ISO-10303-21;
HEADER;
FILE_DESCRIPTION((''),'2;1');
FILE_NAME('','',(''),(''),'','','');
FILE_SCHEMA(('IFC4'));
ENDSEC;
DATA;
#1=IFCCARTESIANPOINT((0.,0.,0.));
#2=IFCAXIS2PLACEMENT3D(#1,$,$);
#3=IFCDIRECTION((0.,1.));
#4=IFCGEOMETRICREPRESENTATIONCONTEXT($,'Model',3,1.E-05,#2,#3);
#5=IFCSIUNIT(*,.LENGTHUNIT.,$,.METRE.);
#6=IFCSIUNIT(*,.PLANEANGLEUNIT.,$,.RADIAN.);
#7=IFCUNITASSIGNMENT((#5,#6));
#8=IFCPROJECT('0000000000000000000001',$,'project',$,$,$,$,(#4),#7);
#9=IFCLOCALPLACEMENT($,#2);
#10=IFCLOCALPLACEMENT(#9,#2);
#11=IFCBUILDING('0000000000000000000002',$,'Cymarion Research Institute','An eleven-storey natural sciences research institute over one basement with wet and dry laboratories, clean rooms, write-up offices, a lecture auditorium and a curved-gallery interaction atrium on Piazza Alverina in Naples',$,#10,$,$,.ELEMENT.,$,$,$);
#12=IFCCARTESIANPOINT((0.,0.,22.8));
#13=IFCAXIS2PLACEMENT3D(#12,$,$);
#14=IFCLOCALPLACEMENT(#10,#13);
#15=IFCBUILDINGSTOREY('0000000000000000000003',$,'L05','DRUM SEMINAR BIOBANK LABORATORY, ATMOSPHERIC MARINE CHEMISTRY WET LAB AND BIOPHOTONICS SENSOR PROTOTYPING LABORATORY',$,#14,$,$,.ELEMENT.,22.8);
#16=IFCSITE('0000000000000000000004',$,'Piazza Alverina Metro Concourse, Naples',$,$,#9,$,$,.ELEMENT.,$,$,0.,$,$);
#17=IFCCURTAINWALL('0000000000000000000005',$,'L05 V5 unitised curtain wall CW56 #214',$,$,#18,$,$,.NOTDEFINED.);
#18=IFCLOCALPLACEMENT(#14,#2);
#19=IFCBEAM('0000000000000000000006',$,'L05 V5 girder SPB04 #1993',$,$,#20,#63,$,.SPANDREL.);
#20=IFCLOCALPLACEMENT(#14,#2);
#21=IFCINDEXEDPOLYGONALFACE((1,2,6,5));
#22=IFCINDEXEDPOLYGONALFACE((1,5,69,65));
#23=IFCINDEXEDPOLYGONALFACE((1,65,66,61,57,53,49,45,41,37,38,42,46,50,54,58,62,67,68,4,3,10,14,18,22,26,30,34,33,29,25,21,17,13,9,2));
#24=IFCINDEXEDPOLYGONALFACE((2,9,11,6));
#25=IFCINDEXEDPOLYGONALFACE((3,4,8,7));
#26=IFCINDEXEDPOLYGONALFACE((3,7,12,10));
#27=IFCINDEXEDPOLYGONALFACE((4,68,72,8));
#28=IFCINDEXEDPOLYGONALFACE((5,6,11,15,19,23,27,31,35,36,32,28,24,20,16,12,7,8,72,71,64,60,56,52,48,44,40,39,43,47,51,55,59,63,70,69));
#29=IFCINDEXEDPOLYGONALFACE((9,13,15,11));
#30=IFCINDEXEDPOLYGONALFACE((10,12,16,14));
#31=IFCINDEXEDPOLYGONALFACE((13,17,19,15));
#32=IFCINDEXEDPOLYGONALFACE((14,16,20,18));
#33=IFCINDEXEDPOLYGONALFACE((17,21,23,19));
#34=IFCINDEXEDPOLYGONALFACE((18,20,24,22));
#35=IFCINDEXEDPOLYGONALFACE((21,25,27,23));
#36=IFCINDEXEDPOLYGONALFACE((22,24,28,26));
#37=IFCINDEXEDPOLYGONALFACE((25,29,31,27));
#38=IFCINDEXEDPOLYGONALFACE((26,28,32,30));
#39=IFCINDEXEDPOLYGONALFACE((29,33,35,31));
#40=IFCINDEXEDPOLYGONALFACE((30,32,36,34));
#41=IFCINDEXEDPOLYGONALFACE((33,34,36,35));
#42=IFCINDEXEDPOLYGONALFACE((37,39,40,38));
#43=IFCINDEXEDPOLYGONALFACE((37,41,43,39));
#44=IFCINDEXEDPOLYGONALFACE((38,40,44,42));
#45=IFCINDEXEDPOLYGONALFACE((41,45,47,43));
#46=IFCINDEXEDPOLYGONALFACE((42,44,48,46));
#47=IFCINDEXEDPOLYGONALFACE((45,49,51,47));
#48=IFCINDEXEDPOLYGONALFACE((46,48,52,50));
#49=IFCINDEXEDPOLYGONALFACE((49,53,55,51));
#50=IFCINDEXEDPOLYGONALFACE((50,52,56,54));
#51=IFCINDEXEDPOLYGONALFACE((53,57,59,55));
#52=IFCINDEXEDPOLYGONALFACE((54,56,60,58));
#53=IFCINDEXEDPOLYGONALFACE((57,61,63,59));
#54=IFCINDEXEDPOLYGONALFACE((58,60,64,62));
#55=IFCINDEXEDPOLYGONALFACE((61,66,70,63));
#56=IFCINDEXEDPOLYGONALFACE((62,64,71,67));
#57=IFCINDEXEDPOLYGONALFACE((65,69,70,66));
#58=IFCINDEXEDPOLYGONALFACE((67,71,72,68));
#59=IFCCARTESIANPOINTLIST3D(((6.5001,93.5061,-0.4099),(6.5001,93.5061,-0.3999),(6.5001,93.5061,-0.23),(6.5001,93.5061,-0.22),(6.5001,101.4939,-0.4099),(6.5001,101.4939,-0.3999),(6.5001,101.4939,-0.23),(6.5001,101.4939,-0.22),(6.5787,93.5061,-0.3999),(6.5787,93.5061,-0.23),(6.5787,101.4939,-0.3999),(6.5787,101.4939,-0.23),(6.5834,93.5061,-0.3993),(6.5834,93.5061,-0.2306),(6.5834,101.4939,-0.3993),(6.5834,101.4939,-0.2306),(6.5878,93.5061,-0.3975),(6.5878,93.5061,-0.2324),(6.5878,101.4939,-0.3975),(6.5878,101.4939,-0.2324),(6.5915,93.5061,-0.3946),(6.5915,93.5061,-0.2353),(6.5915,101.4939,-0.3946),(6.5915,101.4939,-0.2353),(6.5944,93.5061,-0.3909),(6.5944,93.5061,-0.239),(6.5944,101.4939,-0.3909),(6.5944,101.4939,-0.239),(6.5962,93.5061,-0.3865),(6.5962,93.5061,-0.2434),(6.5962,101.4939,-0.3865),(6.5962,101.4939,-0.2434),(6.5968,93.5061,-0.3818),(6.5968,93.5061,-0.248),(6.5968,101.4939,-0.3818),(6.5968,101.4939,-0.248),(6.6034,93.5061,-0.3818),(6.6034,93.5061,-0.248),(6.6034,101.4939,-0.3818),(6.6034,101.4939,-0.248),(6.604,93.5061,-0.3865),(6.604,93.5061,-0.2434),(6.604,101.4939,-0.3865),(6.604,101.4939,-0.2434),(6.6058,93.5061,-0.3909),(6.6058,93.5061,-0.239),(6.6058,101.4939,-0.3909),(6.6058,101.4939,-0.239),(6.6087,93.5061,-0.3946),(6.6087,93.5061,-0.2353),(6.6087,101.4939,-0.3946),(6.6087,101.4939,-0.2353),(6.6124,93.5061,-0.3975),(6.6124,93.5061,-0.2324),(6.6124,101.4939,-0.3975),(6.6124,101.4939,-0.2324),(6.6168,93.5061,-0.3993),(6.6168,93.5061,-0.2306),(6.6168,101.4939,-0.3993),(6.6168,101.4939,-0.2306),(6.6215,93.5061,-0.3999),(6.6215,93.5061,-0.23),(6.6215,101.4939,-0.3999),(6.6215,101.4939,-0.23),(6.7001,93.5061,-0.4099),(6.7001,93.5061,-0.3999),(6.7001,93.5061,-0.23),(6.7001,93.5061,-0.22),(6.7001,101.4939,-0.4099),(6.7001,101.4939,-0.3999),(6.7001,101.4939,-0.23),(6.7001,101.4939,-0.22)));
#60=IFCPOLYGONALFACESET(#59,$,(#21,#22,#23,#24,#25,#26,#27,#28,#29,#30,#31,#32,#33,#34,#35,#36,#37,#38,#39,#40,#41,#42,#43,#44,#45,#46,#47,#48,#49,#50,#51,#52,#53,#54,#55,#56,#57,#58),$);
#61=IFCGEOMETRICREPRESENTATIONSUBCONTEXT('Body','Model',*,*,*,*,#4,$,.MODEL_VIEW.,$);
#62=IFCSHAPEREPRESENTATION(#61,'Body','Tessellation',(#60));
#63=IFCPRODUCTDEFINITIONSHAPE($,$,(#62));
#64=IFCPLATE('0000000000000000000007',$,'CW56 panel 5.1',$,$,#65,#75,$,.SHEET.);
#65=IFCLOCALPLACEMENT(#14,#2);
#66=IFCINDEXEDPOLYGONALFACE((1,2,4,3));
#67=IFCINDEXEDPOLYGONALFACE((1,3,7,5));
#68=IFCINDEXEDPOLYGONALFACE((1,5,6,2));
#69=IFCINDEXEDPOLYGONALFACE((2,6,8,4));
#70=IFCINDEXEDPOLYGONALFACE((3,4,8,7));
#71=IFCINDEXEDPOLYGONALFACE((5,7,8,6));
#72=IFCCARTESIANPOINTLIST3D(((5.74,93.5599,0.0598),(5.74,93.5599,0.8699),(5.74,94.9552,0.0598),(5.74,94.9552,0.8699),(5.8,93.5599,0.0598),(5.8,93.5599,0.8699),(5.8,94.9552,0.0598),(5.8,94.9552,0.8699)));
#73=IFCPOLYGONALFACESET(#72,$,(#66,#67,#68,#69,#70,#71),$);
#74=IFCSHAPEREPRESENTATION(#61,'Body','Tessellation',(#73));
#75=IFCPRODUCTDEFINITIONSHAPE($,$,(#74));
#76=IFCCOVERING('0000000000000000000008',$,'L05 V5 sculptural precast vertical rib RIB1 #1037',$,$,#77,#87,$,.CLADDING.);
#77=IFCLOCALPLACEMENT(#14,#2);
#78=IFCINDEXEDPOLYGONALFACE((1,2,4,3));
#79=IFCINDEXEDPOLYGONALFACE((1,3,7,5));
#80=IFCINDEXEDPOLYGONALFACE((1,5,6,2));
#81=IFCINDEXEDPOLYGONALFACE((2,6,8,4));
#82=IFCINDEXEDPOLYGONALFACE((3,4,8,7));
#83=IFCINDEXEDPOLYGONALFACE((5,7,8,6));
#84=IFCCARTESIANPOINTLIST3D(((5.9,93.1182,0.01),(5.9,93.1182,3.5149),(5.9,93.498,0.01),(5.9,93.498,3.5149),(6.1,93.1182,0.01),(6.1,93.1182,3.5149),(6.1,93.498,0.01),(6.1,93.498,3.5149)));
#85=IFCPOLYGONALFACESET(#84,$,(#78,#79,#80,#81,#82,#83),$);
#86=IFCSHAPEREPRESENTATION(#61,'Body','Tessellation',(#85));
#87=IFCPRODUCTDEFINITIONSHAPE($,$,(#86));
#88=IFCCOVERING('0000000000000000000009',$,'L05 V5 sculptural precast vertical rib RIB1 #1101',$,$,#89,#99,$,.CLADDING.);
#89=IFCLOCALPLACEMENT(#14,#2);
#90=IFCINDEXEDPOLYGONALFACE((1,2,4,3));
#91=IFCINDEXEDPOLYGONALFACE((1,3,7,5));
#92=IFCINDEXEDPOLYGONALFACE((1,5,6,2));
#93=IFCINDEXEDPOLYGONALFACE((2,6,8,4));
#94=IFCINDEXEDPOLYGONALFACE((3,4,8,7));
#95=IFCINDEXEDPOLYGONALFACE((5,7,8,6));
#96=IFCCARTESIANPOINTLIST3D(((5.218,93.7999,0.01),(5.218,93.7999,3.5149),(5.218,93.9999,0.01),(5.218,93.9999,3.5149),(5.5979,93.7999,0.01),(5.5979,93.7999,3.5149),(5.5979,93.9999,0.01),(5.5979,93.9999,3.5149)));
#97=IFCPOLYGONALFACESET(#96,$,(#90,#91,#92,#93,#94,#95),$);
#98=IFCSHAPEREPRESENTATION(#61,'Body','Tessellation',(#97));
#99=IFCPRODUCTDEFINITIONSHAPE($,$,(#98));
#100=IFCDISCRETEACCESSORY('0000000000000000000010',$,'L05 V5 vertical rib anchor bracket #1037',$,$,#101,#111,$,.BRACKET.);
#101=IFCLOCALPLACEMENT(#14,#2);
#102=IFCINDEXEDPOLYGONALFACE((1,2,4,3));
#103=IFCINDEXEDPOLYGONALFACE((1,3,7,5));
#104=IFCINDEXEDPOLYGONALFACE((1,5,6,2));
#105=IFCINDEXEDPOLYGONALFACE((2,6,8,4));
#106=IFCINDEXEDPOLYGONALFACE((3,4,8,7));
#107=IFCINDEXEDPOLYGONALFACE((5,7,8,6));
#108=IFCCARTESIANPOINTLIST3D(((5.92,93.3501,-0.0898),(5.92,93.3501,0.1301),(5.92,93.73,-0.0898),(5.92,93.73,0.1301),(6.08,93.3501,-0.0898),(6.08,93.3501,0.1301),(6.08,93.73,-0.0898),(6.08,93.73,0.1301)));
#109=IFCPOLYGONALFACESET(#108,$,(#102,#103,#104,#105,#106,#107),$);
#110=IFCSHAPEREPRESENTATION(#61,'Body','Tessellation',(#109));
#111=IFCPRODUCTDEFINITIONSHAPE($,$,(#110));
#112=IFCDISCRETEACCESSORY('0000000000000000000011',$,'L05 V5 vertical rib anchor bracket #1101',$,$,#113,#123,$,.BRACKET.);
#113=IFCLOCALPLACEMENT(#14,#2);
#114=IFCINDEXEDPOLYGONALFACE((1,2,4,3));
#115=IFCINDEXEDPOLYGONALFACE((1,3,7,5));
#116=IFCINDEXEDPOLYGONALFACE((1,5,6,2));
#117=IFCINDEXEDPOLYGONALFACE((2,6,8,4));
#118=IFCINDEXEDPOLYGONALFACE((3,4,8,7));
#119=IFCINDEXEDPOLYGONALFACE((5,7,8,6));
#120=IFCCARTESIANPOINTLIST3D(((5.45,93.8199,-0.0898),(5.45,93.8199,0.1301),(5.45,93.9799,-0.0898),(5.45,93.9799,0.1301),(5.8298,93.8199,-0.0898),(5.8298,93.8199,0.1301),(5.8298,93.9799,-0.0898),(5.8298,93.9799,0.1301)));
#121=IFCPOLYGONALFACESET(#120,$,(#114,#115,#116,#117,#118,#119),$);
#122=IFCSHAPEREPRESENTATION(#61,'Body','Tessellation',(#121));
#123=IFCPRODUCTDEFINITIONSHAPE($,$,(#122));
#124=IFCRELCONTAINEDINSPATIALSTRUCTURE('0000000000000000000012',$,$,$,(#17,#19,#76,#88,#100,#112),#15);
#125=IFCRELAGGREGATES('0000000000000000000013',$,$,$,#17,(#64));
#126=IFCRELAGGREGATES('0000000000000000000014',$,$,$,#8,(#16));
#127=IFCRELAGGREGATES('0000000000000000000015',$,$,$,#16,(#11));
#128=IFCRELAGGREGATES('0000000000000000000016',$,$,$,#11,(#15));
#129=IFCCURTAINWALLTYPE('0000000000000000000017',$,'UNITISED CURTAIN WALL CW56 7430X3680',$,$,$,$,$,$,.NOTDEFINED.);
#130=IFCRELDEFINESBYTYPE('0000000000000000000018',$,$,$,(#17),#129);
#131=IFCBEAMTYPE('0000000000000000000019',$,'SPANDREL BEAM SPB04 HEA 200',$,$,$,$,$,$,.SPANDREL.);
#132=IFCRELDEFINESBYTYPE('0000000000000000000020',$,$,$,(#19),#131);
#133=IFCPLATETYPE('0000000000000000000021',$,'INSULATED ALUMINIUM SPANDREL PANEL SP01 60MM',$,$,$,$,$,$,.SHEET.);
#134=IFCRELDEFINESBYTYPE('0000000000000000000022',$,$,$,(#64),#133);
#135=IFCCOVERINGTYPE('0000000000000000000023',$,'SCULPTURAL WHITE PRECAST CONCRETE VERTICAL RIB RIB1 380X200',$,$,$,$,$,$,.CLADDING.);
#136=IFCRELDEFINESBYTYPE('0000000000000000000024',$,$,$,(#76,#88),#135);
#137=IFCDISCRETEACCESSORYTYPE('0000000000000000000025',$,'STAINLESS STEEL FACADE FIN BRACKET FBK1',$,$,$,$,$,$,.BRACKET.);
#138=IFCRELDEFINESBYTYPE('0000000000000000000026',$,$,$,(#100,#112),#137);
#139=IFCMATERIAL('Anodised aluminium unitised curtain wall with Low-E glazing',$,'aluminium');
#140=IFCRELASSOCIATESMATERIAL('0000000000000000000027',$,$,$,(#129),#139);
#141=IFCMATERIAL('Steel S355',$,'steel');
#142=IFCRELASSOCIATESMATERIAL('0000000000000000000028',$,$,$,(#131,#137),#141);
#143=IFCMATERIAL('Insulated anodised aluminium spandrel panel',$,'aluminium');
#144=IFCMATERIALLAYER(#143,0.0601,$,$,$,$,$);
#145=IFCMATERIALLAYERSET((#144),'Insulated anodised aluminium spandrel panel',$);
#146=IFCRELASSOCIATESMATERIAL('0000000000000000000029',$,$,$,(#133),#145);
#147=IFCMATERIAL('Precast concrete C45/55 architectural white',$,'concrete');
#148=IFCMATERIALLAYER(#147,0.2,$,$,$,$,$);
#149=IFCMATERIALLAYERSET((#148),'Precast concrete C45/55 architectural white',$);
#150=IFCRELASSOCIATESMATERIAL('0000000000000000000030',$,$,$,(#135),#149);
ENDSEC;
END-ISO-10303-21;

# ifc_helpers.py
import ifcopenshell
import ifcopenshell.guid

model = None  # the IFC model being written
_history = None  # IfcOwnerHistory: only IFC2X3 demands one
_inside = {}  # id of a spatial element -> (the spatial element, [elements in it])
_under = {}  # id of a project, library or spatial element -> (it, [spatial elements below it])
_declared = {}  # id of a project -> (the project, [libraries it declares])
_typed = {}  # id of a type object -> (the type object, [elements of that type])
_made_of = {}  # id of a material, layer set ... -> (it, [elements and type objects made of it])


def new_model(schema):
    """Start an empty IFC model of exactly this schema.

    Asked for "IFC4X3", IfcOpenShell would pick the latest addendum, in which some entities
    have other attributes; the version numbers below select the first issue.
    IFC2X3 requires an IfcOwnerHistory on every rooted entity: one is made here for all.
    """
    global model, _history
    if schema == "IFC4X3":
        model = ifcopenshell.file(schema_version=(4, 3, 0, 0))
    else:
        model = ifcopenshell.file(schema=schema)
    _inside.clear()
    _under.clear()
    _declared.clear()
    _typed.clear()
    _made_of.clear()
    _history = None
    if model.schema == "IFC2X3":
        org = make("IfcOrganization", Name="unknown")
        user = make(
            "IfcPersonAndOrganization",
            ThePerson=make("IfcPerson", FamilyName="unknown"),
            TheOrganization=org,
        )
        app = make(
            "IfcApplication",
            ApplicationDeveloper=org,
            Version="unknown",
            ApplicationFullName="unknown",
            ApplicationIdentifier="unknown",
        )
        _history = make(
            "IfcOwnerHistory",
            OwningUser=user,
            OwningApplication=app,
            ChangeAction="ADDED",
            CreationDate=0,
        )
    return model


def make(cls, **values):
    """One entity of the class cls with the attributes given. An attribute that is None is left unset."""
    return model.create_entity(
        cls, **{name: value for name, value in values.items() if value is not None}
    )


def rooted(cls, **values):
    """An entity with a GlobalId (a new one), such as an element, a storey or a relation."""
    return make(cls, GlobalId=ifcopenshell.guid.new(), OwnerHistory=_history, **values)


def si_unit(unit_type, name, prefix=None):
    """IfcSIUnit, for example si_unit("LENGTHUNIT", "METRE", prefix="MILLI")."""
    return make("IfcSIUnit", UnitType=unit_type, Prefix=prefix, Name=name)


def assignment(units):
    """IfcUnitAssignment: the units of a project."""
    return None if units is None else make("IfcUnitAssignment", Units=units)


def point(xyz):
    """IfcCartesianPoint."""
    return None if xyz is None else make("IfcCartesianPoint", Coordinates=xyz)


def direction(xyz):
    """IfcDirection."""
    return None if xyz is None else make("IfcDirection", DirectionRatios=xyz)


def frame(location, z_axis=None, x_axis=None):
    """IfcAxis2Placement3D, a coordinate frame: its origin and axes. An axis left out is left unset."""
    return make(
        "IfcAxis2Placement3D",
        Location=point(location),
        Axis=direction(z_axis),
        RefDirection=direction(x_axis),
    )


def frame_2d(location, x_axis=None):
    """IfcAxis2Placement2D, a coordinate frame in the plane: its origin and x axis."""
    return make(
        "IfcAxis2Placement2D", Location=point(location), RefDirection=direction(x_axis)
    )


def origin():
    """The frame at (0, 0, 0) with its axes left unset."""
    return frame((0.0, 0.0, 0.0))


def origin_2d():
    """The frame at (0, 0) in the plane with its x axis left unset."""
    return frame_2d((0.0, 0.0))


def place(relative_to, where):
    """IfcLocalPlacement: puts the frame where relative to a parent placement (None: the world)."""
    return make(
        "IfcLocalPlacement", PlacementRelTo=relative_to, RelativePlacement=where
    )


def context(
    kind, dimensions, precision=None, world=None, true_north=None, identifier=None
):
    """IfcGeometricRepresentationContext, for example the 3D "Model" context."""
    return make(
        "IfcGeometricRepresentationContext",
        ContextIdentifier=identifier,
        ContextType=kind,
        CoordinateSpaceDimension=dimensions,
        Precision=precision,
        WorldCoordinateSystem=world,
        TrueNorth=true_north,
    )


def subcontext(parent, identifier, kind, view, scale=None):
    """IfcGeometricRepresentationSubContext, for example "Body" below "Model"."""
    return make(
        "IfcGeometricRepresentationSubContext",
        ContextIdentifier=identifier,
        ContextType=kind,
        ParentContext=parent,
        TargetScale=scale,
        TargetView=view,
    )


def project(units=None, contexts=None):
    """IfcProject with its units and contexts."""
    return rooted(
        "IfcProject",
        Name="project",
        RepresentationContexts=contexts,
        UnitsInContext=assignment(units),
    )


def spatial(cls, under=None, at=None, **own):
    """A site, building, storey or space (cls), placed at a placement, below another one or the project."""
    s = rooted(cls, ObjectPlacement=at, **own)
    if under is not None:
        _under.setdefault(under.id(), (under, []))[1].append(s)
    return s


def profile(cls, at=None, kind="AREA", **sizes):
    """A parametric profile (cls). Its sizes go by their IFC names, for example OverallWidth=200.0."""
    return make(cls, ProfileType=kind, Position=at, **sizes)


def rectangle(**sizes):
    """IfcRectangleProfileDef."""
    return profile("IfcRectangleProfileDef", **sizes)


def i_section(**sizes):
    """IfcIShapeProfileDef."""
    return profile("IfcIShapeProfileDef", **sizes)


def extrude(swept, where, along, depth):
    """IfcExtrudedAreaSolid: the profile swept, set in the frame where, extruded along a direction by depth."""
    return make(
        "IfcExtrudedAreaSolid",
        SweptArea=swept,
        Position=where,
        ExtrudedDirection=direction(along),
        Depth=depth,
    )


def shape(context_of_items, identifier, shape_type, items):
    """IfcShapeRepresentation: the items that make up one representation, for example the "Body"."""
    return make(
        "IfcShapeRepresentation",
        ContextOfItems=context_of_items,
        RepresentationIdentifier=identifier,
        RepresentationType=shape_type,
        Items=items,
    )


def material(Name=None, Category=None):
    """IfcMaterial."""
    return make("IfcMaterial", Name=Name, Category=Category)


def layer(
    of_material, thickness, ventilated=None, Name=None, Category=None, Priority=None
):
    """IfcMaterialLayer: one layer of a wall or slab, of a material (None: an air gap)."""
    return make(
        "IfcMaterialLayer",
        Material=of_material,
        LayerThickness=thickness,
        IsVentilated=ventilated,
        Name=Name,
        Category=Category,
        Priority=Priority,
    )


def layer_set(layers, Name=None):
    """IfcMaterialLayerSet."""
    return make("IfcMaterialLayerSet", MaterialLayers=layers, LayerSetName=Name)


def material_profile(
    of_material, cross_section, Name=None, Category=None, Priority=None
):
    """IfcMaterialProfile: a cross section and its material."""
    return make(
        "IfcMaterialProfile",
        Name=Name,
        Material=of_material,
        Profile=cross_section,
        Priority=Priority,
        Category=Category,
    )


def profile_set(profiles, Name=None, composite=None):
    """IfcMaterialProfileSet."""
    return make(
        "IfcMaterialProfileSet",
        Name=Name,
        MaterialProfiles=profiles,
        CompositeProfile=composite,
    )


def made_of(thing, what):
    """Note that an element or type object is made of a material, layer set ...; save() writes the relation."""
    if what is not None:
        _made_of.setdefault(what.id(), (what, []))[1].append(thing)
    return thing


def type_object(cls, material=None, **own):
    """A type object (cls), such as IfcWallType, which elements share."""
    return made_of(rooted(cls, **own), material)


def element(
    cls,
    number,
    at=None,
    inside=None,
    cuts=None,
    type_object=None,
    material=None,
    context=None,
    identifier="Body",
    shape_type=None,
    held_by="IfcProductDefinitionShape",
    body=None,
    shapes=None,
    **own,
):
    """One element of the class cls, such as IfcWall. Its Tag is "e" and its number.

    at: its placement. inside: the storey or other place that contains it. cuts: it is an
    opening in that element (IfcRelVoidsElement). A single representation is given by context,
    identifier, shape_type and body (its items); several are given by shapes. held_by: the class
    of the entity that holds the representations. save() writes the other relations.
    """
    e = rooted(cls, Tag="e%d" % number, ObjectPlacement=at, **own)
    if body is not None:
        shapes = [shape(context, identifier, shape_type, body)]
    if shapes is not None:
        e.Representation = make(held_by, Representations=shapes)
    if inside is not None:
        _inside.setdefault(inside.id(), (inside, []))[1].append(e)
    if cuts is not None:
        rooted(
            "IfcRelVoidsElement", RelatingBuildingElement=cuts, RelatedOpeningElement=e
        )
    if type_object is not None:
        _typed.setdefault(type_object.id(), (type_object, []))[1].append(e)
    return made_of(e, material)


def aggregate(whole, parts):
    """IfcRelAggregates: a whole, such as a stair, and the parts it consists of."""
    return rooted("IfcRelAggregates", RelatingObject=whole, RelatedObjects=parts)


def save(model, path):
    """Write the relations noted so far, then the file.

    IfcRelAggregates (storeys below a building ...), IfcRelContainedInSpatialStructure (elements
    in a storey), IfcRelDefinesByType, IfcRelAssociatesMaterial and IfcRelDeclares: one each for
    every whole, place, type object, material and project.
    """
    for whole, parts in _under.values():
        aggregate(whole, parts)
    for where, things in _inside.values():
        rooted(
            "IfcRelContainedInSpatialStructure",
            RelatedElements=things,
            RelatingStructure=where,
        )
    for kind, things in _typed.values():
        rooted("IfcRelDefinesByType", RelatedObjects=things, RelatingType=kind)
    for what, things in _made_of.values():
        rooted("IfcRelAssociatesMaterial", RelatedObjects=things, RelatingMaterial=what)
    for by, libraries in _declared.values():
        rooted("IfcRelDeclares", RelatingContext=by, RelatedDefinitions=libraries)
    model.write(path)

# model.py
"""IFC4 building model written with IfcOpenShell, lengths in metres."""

from ifc_helpers import new_model, si_unit, direction, frame, origin, origin_2d, place, context, subcontext, project, spatial, rectangle, i_section, extrude, material, layer, layer_set, material_profile, profile_set, type_object, element, aggregate, save


model = new_model("IFC4")

# Units and contexts
model_context = context("Model", 3, precision=1e-05, world=origin(), true_north=direction((0.0, 1.0)))
body_context = subcontext(model_context, "Body", "Model", "MODEL_VIEW")
ifc_project = project(units=[si_unit("LENGTHUNIT", "METRE"), si_unit("PLANEANGLEUNIT", "RADIAN")], contexts=[model_context])

# Site, building, storey
site_placement = place(None, origin())
site = spatial("IfcSite", under=ifc_project, at=site_placement, Name="Piazza Alverina Metro Concourse, Naples", CompositionType="ELEMENT", RefElevation=0.0)
building_placement = place(site_placement, origin())
building = spatial("IfcBuilding", under=site, at=building_placement, Name="Cymarion Research Institute", Description="An eleven-storey natural sciences research institute over one basement with wet and dry laboratories, clean rooms, write-up offices, a lecture auditorium and a curved-gallery interaction atrium on Piazza Alverina in Naples", CompositionType="ELEMENT")
storey_placement = place(building_placement, frame((0.0, 0.0, 22.8)))
storey = spatial("IfcBuildingStorey", under=building, at=storey_placement, Name="L05", Description="DRUM SEMINAR BIOBANK LABORATORY, ATMOSPHERIC MARINE CHEMISTRY WET LAB AND BIOPHOTONICS SENSOR PROTOTYPING LABORATORY", CompositionType="ELEMENT", Elevation=22.8)

# Shared definitions
ifc_material_1 = material(Name="Steel S355", Category="steel")

# Curtain wall
ifc_material_2 = material(Name="Anodised aluminium unitised curtain wall with Low-E glazing", Category="aluminium")
curtain_wall_type = type_object("IfcCurtainWallType", Name="UNITISED CURTAIN WALL CW56 7430X3680", PredefinedType="NOTDEFINED", material=ifc_material_2)
curtain_wall_placement = place(storey_placement, origin())
curtain_wall = element("IfcCurtainWall", 1, at=curtain_wall_placement, inside=storey, type_object=curtain_wall_type, Name="L05 V5 unitised curtain wall CW56 #214", PredefinedType="NOTDEFINED")

# Beam
ifc_material_profile_1 = material_profile(ifc_material_1, i_section(OverallWidth=0.2, OverallDepth=0.1899, WebThickness=0.0066, FlangeThickness=0.01, FilletRadius=0.0181, at=origin_2d()), Name="HEA 200")
ifc_profile_set_1 = profile_set([ifc_material_profile_1], Name="Steel S355")
beam_type_1 = type_object("IfcBeamType", Name="SPANDREL BEAM SPB04 HEA 200", PredefinedType="SPANDREL", material=ifc_profile_set_1)
for number, where, z_axis, x_axis, name in (
    (2, (6.6001, 93.5061, -0.3149), (0.0, 1.0, 0.0), (-1.0, 0.0, 0.0), "L05 V5 girder SPB04 #1993"),
):
    element("IfcBeam", number, at=place(storey_placement, frame(where, z_axis=z_axis, x_axis=x_axis)), inside=storey, type_object=beam_type_1, Name=name, PredefinedType="SPANDREL", context=body_context, shape_type="SweptSolid", body=[
        extrude(i_section(OverallWidth=0.2, OverallDepth=0.1899, WebThickness=0.0066, FlangeThickness=0.01, FilletRadius=0.0181, at=origin_2d()), origin(), (0.0, 0.0, 1.0), 7.9878),
    ])

# Plate
ifc_material_3 = material(Name="Insulated anodised aluminium spandrel panel", Category="aluminium")
ifc_layer_1 = layer(ifc_material_3, 0.0601)
ifc_layer_set_1 = layer_set([ifc_layer_1], Name="Insulated anodised aluminium spandrel panel")
plate_type = type_object("IfcPlateType", Name="INSULATED ALUMINIUM SPANDREL PANEL SP01 60MM", PredefinedType="SHEET", material=ifc_layer_set_1)
plate_placement = place(storey_placement, frame((5.77, 94.2576, 0.0598), z_axis=(0.0, 0.0, 1.0), x_axis=(0.0, -1.0, 0.0)))
plate = element("IfcPlate", 3, at=plate_placement, type_object=plate_type, Name="CW56 panel 5.1", PredefinedType="SHEET", context=body_context, shape_type="SweptSolid", body=[
    extrude(rectangle(XDim=1.3953, YDim=0.0601, at=origin_2d()), origin(), (0.0, 0.0, 1.0), 0.8101),
])
aggregate(curtain_wall, [plate])

# Coverings
ifc_material_4 = material(Name="Precast concrete C45/55 architectural white", Category="concrete")
ifc_layer_2 = layer(ifc_material_4, 0.2)
ifc_layer_set_2 = layer_set([ifc_layer_2], Name="Precast concrete C45/55 architectural white")
covering_type = type_object("IfcCoveringType", Name="SCULPTURAL WHITE PRECAST CONCRETE VERTICAL RIB RIB1 380X200", PredefinedType="CLADDING", material=ifc_layer_set_2)
for number, where, z_axis, x_axis, name in (
    (4, (6.0, 93.3081, 0.01), (0.0, 0.0, 1.0), (0.0, -1.0, 0.0), "L05 V5 sculptural precast vertical rib RIB1 #1037"),
    (5, (5.408, 93.8999, 0.01), (0.0, 0.0, 1.0), (-1.0, 0.0, 0.0), "L05 V5 sculptural precast vertical rib RIB1 #1101"),
):
    element("IfcCovering", number, at=place(storey_placement, frame(where, z_axis=z_axis, x_axis=x_axis)), inside=storey, type_object=covering_type, Name=name, PredefinedType="CLADDING", context=body_context, shape_type="SweptSolid", body=[
        extrude(rectangle(XDim=0.3799, YDim=0.2, at=origin_2d()), origin(), (0.0, 0.0, 1.0), 3.5049),
    ])

# Discrete accessories
discrete_accessory_type = type_object("IfcDiscreteAccessoryType", Name="STAINLESS STEEL FACADE FIN BRACKET FBK1", PredefinedType="BRACKET", material=ifc_material_1)
for number, where, z_axis, x_axis, name in (
    (6, (6.0, 93.54, -0.0898), (0.0, 0.0, 1.0), (0.0, -1.0, 0.0), "L05 V5 vertical rib anchor bracket #1037"),
    (7, (5.6399, 93.8999, -0.0898), (0.0, 0.0, 1.0), (-1.0, 0.0, 0.0), "L05 V5 vertical rib anchor bracket #1101"),
):
    element("IfcDiscreteAccessory", number, at=place(storey_placement, frame(where, z_axis=z_axis, x_axis=x_axis)), inside=storey, type_object=discrete_accessory_type, Name=name, PredefinedType="BRACKET", context=body_context, shape_type="SweptSolid", body=[
        extrude(rectangle(XDim=0.3799, YDim=0.1599, at=origin_2d()), origin(), (0.0, 0.0, 1.0), 0.22),
    ])

save(model, "model.ifc")
